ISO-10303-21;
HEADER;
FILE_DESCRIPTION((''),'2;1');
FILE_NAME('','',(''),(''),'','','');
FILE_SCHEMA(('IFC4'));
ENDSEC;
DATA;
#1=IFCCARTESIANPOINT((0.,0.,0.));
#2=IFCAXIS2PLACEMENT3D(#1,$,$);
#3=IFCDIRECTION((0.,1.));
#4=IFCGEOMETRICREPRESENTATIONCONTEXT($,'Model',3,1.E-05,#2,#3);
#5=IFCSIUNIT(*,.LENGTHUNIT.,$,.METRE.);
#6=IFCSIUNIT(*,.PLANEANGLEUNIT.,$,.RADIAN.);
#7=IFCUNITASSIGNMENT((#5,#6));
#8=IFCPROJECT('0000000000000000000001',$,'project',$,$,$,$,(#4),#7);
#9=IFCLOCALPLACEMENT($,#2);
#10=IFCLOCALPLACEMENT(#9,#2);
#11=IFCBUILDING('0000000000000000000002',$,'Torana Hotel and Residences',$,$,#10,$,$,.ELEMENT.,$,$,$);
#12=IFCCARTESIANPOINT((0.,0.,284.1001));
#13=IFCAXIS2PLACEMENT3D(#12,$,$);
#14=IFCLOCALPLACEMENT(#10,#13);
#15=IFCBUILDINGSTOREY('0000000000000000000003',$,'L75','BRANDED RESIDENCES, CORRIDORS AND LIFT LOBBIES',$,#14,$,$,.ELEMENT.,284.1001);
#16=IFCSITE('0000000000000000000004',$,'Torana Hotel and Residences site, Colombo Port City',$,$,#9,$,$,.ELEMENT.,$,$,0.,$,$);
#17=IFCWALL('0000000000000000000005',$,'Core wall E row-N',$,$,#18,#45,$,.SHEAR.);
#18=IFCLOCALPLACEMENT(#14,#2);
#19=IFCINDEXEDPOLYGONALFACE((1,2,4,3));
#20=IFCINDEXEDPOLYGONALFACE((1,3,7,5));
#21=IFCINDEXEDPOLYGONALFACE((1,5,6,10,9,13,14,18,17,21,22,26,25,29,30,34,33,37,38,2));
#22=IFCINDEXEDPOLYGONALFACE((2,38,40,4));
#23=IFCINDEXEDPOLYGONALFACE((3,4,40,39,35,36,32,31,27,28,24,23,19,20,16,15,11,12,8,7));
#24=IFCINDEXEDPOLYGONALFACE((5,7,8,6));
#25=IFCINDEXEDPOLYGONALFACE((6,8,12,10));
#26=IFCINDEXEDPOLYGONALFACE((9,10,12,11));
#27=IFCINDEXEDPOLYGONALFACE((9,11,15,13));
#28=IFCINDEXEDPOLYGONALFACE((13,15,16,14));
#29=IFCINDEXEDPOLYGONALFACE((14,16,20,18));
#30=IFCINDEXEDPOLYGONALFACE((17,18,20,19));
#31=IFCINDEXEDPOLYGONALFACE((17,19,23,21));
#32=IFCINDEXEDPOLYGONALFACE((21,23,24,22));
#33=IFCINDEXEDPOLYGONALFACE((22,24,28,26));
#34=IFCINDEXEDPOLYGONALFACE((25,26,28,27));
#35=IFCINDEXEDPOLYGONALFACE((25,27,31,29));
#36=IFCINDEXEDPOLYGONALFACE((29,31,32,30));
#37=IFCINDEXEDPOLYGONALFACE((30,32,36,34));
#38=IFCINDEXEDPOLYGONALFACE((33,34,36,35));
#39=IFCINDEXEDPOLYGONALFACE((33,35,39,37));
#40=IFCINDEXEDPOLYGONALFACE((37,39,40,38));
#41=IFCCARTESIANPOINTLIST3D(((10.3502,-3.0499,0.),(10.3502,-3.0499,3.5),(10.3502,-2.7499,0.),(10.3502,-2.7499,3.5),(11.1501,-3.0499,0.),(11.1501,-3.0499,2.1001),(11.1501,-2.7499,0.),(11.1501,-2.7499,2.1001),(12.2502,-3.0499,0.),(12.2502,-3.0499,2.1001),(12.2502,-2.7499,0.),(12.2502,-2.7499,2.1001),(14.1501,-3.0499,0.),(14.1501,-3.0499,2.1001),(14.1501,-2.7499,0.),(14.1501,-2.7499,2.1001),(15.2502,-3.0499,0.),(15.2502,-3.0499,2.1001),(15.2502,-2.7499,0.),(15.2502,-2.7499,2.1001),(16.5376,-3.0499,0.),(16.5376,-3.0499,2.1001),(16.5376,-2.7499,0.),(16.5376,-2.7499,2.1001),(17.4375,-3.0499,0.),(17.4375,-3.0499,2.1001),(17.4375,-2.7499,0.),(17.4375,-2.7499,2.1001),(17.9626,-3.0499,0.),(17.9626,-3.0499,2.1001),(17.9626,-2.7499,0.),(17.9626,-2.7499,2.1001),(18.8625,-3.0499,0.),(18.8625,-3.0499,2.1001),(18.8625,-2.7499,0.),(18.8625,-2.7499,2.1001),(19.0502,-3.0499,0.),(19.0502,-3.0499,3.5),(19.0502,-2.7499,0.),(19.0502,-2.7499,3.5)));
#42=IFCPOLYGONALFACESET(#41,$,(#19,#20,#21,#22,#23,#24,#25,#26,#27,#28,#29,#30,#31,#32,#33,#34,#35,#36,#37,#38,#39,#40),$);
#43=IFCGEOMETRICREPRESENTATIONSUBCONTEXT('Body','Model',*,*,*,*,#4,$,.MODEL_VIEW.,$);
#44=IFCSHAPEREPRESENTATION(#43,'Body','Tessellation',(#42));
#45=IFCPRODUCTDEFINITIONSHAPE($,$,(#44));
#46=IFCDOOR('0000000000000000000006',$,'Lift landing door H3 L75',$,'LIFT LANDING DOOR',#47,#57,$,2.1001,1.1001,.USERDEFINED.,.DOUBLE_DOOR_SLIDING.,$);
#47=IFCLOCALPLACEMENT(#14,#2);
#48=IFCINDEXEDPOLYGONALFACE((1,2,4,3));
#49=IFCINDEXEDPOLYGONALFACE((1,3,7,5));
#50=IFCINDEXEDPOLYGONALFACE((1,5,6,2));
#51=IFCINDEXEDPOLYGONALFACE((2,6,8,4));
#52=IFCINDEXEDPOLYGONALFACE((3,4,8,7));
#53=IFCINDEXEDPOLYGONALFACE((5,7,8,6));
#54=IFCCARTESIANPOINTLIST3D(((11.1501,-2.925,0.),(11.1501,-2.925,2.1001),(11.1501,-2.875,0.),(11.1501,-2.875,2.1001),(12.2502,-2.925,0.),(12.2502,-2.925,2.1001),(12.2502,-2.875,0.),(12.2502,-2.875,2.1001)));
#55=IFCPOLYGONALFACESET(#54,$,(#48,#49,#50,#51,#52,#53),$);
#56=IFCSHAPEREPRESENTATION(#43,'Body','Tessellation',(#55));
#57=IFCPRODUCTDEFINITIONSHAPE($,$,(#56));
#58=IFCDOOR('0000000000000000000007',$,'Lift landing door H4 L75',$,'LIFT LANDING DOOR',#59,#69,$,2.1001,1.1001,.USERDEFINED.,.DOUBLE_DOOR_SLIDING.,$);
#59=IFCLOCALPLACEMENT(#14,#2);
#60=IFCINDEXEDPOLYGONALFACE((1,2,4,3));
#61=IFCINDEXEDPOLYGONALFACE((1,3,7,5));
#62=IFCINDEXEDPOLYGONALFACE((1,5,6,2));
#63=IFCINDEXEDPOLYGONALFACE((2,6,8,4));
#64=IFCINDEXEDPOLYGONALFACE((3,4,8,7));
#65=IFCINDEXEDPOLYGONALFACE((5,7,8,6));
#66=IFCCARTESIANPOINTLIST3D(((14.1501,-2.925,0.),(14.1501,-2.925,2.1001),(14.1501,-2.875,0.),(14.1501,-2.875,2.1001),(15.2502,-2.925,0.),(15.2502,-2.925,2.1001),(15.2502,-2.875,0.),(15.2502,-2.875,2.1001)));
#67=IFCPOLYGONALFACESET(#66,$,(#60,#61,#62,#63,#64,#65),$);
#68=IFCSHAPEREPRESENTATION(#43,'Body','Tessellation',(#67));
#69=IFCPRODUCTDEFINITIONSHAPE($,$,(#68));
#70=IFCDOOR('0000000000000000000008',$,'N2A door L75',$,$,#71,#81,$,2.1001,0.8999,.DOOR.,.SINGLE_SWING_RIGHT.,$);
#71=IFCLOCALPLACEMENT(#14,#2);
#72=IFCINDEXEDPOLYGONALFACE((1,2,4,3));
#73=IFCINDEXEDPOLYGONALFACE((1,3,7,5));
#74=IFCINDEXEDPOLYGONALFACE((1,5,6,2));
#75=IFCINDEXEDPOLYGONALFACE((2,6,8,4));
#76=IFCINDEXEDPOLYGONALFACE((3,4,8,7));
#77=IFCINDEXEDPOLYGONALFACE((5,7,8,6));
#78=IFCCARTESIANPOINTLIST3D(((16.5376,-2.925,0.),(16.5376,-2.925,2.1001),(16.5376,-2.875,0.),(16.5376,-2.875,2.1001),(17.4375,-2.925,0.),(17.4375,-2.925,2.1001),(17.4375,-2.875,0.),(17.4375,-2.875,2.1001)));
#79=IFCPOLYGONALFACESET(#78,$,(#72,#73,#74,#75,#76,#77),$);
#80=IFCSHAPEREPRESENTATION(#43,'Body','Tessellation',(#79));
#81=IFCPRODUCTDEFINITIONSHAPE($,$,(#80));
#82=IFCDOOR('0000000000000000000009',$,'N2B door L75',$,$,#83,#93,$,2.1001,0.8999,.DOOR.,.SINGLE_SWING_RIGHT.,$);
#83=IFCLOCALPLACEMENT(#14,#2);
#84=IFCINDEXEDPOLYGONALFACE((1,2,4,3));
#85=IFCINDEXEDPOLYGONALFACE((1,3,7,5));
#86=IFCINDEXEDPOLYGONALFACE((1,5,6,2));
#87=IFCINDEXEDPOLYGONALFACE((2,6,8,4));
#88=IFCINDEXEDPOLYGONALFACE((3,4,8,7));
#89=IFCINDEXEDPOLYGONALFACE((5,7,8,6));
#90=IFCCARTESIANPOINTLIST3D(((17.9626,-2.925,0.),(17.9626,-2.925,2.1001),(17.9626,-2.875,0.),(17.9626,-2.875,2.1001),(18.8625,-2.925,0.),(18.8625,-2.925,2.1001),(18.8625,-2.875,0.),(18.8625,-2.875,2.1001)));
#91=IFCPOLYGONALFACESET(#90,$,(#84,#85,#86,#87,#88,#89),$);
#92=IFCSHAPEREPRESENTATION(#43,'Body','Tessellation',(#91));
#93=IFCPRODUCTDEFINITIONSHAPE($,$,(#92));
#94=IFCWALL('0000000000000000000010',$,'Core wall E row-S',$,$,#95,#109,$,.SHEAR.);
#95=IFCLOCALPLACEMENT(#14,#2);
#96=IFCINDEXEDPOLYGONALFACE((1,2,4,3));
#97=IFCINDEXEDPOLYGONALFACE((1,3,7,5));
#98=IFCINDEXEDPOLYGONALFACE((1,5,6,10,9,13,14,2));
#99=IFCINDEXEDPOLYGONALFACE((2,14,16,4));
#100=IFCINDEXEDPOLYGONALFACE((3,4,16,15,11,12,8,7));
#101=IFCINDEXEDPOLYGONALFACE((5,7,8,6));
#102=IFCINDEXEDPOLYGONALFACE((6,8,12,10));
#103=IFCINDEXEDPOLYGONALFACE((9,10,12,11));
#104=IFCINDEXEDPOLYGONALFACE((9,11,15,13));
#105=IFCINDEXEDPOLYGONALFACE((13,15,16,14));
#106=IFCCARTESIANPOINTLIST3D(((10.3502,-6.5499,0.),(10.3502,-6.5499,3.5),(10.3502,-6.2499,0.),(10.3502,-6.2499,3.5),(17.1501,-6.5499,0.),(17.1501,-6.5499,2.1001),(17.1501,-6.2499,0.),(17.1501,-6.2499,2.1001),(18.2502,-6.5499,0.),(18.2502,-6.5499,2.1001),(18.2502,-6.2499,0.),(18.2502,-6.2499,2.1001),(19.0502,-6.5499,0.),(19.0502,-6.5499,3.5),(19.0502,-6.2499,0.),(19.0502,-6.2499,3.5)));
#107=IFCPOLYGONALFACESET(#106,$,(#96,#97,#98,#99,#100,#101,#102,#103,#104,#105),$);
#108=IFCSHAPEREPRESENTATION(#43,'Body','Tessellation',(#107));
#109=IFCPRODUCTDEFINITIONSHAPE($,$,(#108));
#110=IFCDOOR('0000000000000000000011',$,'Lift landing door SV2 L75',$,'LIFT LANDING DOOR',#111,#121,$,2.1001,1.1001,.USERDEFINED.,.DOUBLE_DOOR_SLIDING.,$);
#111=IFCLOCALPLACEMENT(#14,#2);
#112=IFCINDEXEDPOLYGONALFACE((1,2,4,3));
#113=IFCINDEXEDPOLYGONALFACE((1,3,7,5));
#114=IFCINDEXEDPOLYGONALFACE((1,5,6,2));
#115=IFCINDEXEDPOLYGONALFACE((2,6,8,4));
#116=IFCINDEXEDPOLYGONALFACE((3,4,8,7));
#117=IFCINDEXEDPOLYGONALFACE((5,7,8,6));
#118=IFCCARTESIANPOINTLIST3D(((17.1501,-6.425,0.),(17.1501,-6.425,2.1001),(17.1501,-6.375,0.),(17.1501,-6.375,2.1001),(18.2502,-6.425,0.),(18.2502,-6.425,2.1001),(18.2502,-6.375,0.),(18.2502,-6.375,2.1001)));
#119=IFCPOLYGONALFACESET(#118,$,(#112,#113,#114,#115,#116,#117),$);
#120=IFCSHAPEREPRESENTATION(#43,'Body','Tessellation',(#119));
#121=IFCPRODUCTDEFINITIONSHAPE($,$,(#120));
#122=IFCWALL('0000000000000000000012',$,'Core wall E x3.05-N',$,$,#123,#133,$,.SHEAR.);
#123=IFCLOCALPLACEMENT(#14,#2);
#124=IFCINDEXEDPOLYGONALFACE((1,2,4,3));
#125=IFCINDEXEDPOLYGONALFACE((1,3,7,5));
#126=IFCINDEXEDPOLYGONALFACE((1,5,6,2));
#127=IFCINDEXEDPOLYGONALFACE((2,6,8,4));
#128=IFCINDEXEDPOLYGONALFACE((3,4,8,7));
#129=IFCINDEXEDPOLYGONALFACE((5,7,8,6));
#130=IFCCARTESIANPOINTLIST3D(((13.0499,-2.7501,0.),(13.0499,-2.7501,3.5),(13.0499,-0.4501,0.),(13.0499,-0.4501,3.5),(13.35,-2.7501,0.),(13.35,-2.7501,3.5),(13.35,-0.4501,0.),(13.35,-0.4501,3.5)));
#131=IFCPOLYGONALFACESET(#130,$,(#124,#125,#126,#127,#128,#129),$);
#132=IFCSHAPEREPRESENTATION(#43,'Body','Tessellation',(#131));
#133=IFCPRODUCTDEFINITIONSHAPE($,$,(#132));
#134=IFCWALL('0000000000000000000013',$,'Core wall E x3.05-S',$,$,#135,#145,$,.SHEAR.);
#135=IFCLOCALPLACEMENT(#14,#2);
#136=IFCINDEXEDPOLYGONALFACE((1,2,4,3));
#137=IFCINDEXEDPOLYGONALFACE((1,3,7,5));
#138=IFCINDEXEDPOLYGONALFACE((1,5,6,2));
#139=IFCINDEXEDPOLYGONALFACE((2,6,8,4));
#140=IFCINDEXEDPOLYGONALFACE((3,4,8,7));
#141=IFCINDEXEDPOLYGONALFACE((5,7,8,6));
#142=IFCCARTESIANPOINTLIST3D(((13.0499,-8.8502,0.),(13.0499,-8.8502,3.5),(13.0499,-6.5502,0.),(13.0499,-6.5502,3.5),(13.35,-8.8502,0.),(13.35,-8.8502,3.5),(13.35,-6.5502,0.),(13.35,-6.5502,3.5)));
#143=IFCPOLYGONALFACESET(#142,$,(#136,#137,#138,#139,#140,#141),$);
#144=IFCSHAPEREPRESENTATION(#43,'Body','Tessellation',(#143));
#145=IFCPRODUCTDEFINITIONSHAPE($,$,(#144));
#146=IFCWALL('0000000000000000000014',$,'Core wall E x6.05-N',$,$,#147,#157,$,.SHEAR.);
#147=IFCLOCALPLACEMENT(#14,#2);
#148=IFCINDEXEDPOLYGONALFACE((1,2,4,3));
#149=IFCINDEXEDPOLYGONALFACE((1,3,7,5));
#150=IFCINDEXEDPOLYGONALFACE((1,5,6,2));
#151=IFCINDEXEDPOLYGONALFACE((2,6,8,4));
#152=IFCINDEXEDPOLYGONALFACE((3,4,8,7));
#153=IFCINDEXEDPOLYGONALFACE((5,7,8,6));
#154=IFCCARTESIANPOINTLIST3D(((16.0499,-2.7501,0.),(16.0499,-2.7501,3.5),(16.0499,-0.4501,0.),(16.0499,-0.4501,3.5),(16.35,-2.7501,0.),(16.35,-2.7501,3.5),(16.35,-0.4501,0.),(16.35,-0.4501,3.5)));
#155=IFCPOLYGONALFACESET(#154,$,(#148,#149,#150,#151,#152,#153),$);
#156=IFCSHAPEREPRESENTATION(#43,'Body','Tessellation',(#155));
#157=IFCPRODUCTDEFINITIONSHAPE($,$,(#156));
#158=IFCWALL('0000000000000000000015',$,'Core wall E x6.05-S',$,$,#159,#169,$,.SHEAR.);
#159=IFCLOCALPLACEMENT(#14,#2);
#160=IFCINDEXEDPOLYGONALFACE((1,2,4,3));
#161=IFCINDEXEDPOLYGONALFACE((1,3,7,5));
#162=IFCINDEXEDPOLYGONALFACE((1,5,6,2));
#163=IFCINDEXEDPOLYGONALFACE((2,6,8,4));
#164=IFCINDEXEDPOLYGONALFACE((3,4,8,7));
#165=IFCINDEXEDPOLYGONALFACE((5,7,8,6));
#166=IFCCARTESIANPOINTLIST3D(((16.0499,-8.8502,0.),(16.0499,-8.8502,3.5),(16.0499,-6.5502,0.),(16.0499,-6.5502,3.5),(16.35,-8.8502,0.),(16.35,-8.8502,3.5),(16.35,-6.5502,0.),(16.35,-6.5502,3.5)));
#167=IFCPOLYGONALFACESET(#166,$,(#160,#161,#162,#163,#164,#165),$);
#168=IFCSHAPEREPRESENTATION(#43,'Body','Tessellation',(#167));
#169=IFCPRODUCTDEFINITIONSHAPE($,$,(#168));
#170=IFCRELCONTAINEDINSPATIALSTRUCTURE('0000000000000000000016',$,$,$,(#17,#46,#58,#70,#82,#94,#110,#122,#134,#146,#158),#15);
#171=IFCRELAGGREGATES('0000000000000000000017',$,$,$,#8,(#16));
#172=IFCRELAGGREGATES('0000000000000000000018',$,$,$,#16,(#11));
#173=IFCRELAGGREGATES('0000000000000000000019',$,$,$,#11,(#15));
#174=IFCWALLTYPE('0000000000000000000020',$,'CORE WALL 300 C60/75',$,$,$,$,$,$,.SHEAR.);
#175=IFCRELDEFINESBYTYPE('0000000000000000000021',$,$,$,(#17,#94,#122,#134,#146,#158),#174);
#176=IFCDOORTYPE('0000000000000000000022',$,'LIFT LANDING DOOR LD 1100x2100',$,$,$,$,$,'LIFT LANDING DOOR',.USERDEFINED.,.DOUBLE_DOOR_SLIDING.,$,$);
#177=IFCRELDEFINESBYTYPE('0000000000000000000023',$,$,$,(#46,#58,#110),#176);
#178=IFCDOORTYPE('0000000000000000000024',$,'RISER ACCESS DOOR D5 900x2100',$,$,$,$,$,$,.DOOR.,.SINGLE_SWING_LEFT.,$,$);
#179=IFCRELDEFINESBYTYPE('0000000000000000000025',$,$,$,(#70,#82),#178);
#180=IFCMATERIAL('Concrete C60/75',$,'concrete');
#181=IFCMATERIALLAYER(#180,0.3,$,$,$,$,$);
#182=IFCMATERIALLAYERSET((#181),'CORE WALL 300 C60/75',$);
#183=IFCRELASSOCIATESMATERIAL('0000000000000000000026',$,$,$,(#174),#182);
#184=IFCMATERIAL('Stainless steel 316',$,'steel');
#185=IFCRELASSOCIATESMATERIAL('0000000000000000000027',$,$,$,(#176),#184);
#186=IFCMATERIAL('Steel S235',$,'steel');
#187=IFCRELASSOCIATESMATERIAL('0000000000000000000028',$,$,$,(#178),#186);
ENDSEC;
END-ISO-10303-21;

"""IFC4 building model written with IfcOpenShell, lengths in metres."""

from ifc_helpers import new_model, si_unit, direction, frame, frame_2d, origin, place, context, subcontext, project, spatial, rectangle, extrude, material, layer, layer_set, type_object, element, fill, save


model = new_model("IFC4")

# Units and contexts
model_context = context("Model", 3, precision=1e-05, world=origin(), true_north=direction((0.0, 1.0)))
body_context = subcontext(model_context, "Body", "Model", "MODEL_VIEW")
ifc_project = project(units=[si_unit("LENGTHUNIT", "METRE"), si_unit("PLANEANGLEUNIT", "RADIAN")], contexts=[model_context])

# Site, building, storey
site_placement = place(None, origin())
site = spatial("IfcSite", under=ifc_project, at=site_placement, Name="Torana Hotel and Residences site, Colombo Port City", CompositionType="ELEMENT", RefElevation=0.0)
building_placement = place(site_placement, origin())
building = spatial("IfcBuilding", under=site, at=building_placement, Name="Torana Hotel and Residences", CompositionType="ELEMENT")
storey_placement = place(building_placement, frame((0.0, 0.0, 284.1001)))
storey = spatial("IfcBuildingStorey", under=building, at=storey_placement, Name="L75", Description="BRANDED RESIDENCES, CORRIDORS AND LIFT LOBBIES", CompositionType="ELEMENT", Elevation=284.1001)

# Wall, openings, doors
ifc_material_1 = material(Name="Concrete C60/75", Category="concrete")
ifc_layer_1 = layer(ifc_material_1, 0.3)
ifc_layer_set_1 = layer_set([ifc_layer_1], Name="CORE WALL 300 C60/75")
wall_type_1 = type_object("IfcWallType", Name="CORE WALL 300 C60/75", PredefinedType="SHEAR", material=ifc_layer_set_1)
wall_1_placement = place(storey_placement, frame((10.3501, -2.8999, 0.0), z_axis=(0.0, 0.0, 1.0), x_axis=(1.0, 0.0, 0.0)))
wall_1 = element("IfcWall", 1, at=wall_1_placement, inside=storey, type_object=wall_type_1, Name="Core wall E row-N", PredefinedType="SHEAR", context=body_context, shape_type="SweptSolid", body=[
    extrude(rectangle(XDim=8.7, YDim=0.3, at=frame_2d((4.3501, 0.0))), origin(), (0.0, 0.0, 1.0), 3.5),
])
opening_1_placement = place(wall_1_placement, frame((0.8, 0.0, 0.0)))
opening_1 = element("IfcOpeningElement", 2, at=opening_1_placement, cuts=wall_1, PredefinedType="OPENING", context=body_context, shape_type="SweptSolid", body=[
    extrude(rectangle(XDim=1.1001, YDim=2.1001, at=frame_2d((0.55, 1.05))), frame((0.0, 0.1599, 0.0), z_axis=(0.0, -1.0, 0.0), x_axis=(1.0, 0.0, 0.0)), (0.0, 0.0, 1.0), 0.3201),
])
opening_2_placement = place(wall_1_placement, frame((3.8, 0.0, 0.0)))
opening_2 = element("IfcOpeningElement", 3, at=opening_2_placement, cuts=wall_1, PredefinedType="OPENING", context=body_context, shape_type="SweptSolid", body=[
    extrude(rectangle(XDim=1.1001, YDim=2.1001, at=frame_2d((0.55, 1.05))), frame((0.0, 0.1599, 0.0), z_axis=(0.0, -1.0, 0.0), x_axis=(1.0, 0.0, 0.0)), (0.0, 0.0, 1.0), 0.3201),
])
opening_3_placement = place(wall_1_placement, frame((6.1875, 0.0, 0.0)))
opening_3 = element("IfcOpeningElement", 4, at=opening_3_placement, cuts=wall_1, PredefinedType="OPENING", context=body_context, shape_type="SweptSolid", body=[
    extrude(rectangle(XDim=0.8999, YDim=2.1001, at=frame_2d((0.45, 1.05))), frame((0.0, 0.1599, 0.0), z_axis=(0.0, -1.0, 0.0), x_axis=(1.0, 0.0, 0.0)), (0.0, 0.0, 1.0), 0.3201),
])
opening_4_placement = place(wall_1_placement, frame((7.6125, 0.0, 0.0)))
opening_4 = element("IfcOpeningElement", 5, at=opening_4_placement, cuts=wall_1, PredefinedType="OPENING", context=body_context, shape_type="SweptSolid", body=[
    extrude(rectangle(XDim=0.8999, YDim=2.1001, at=frame_2d((0.45, 1.05))), frame((0.0, 0.1599, 0.0), z_axis=(0.0, -1.0, 0.0), x_axis=(1.0, 0.0, 0.0)), (0.0, 0.0, 1.0), 0.3201),
])
ifc_material_2 = material(Name="Stainless steel 316", Category="steel")
door_type_1 = type_object("IfcDoorType", Name="LIFT LANDING DOOR LD 1100x2100", ElementType="LIFT LANDING DOOR", OperationType="DOUBLE_DOOR_SLIDING", PredefinedType="USERDEFINED", material=ifc_material_2)
door_1_placement = place(opening_1_placement, origin())
door_1 = element("IfcDoor", 6, at=door_1_placement, inside=storey, type_object=door_type_1, Name="Lift landing door H3 L75", ObjectType="LIFT LANDING DOOR", OperationType="DOUBLE_DOOR_SLIDING", OverallHeight=2.1001, OverallWidth=1.1001, PredefinedType="USERDEFINED", context=body_context, shape_type="SweptSolid", body=[
    extrude(rectangle(XDim=1.1001, YDim=2.1001, at=frame_2d((0.55, 1.05))), frame((0.0, 0.0249, 0.0), z_axis=(0.0, -1.0, 0.0), x_axis=(1.0, 0.0, 0.0)), (0.0, 0.0, 1.0), 0.05),
])
fill(opening_1, door_1)
door_2_placement = place(opening_2_placement, origin())
door_2 = element("IfcDoor", 7, at=door_2_placement, inside=storey, type_object=door_type_1, Name="Lift landing door H4 L75", ObjectType="LIFT LANDING DOOR", OperationType="DOUBLE_DOOR_SLIDING", OverallHeight=2.1001, OverallWidth=1.1001, PredefinedType="USERDEFINED", context=body_context, shape_type="SweptSolid", body=[
    extrude(rectangle(XDim=1.1001, YDim=2.1001, at=frame_2d((0.55, 1.05))), frame((0.0, 0.0249, 0.0), z_axis=(0.0, -1.0, 0.0), x_axis=(1.0, 0.0, 0.0)), (0.0, 0.0, 1.0), 0.05),
])
fill(opening_2, door_2)
ifc_material_3 = material(Name="Steel S235", Category="steel")
door_type_2 = type_object("IfcDoorType", Name="RISER ACCESS DOOR D5 900x2100", OperationType="SINGLE_SWING_LEFT", PredefinedType="DOOR", material=ifc_material_3)
door_3_placement = place(opening_3_placement, origin())
door_3 = element("IfcDoor", 8, at=door_3_placement, inside=storey, type_object=door_type_2, Name="N2A door L75", OperationType="SINGLE_SWING_RIGHT", OverallHeight=2.1001, OverallWidth=0.8999, PredefinedType="DOOR", context=body_context, shape_type="SweptSolid", body=[
    extrude(rectangle(XDim=0.8999, YDim=2.1001, at=frame_2d((0.45, 1.05))), frame((0.0, 0.0249, 0.0), z_axis=(0.0, -1.0, 0.0), x_axis=(1.0, 0.0, 0.0)), (0.0, 0.0, 1.0), 0.05),
])
fill(opening_3, door_3)
door_4_placement = place(opening_4_placement, origin())
door_4 = element("IfcDoor", 9, at=door_4_placement, inside=storey, type_object=door_type_2, Name="N2B door L75", OperationType="SINGLE_SWING_RIGHT", OverallHeight=2.1001, OverallWidth=0.8999, PredefinedType="DOOR", context=body_context, shape_type="SweptSolid", body=[
    extrude(rectangle(XDim=0.8999, YDim=2.1001, at=frame_2d((0.45, 1.05))), frame((0.0, 0.0249, 0.0), z_axis=(0.0, -1.0, 0.0), x_axis=(1.0, 0.0, 0.0)), (0.0, 0.0, 1.0), 0.05),
])
fill(opening_4, door_4)

# Wall, opening, door
wall_2_placement = place(storey_placement, frame((10.3501, -6.3999, 0.0), z_axis=(0.0, 0.0, 1.0), x_axis=(1.0, 0.0, 0.0)))
wall_2 = element("IfcWall", 10, at=wall_2_placement, inside=storey, type_object=wall_type_1, Name="Core wall E row-S", PredefinedType="SHEAR", context=body_context, shape_type="SweptSolid", body=[
    extrude(rectangle(XDim=8.7, YDim=0.3, at=frame_2d((4.3501, 0.0))), origin(), (0.0, 0.0, 1.0), 3.5),
])
opening_5_placement = place(wall_2_placement, frame((6.8, 0.0, 0.0)))
opening_5 = element("IfcOpeningElement", 11, at=opening_5_placement, cuts=wall_2, PredefinedType="OPENING", context=body_context, shape_type="SweptSolid", body=[
    extrude(rectangle(XDim=1.1001, YDim=2.1001, at=frame_2d((0.55, 1.05))), frame((0.0, 0.1599, 0.0), z_axis=(0.0, -1.0, 0.0), x_axis=(1.0, 0.0, 0.0)), (0.0, 0.0, 1.0), 0.3201),
])
door_5_placement = place(opening_5_placement, origin())
door_5 = element("IfcDoor", 12, at=door_5_placement, inside=storey, type_object=door_type_1, Name="Lift landing door SV2 L75", ObjectType="LIFT LANDING DOOR", OperationType="DOUBLE_DOOR_SLIDING", OverallHeight=2.1001, OverallWidth=1.1001, PredefinedType="USERDEFINED", context=body_context, shape_type="SweptSolid", body=[
    extrude(rectangle(XDim=1.1001, YDim=2.1001, at=frame_2d((0.55, 1.05))), frame((0.0, 0.0249, 0.0), z_axis=(0.0, -1.0, 0.0), x_axis=(1.0, 0.0, 0.0)), (0.0, 0.0, 1.0), 0.05),
])
fill(opening_5, door_5)

# Walls
for number, where, z_axis, x_axis, name in (
    (13, (13.2, -2.75, 0.0), (0.0, 0.0, 1.0), (0.0, 1.0, 0.0), "Core wall E x3.05-N"),
    (14, (13.2, -8.8501, 0.0), (0.0, 0.0, 1.0), (0.0, 1.0, 0.0), "Core wall E x3.05-S"),
    (15, (16.2, -2.75, 0.0), (0.0, 0.0, 1.0), (0.0, 1.0, 0.0), "Core wall E x6.05-N"),
    (16, (16.2, -8.8501, 0.0), (0.0, 0.0, 1.0), (0.0, 1.0, 0.0), "Core wall E x6.05-S"),
):
    element("IfcWall", number, at=place(storey_placement, frame(where, z_axis=z_axis, x_axis=x_axis)), inside=storey, type_object=wall_type_1, Name=name, PredefinedType="SHEAR", context=body_context, shape_type="SweptSolid", body=[
        extrude(rectangle(XDim=2.3, YDim=0.3, at=frame_2d((1.1499, 0.0))), origin(), (0.0, 0.0, 1.0), 3.5),
    ])

save(model, "model.ifc")
